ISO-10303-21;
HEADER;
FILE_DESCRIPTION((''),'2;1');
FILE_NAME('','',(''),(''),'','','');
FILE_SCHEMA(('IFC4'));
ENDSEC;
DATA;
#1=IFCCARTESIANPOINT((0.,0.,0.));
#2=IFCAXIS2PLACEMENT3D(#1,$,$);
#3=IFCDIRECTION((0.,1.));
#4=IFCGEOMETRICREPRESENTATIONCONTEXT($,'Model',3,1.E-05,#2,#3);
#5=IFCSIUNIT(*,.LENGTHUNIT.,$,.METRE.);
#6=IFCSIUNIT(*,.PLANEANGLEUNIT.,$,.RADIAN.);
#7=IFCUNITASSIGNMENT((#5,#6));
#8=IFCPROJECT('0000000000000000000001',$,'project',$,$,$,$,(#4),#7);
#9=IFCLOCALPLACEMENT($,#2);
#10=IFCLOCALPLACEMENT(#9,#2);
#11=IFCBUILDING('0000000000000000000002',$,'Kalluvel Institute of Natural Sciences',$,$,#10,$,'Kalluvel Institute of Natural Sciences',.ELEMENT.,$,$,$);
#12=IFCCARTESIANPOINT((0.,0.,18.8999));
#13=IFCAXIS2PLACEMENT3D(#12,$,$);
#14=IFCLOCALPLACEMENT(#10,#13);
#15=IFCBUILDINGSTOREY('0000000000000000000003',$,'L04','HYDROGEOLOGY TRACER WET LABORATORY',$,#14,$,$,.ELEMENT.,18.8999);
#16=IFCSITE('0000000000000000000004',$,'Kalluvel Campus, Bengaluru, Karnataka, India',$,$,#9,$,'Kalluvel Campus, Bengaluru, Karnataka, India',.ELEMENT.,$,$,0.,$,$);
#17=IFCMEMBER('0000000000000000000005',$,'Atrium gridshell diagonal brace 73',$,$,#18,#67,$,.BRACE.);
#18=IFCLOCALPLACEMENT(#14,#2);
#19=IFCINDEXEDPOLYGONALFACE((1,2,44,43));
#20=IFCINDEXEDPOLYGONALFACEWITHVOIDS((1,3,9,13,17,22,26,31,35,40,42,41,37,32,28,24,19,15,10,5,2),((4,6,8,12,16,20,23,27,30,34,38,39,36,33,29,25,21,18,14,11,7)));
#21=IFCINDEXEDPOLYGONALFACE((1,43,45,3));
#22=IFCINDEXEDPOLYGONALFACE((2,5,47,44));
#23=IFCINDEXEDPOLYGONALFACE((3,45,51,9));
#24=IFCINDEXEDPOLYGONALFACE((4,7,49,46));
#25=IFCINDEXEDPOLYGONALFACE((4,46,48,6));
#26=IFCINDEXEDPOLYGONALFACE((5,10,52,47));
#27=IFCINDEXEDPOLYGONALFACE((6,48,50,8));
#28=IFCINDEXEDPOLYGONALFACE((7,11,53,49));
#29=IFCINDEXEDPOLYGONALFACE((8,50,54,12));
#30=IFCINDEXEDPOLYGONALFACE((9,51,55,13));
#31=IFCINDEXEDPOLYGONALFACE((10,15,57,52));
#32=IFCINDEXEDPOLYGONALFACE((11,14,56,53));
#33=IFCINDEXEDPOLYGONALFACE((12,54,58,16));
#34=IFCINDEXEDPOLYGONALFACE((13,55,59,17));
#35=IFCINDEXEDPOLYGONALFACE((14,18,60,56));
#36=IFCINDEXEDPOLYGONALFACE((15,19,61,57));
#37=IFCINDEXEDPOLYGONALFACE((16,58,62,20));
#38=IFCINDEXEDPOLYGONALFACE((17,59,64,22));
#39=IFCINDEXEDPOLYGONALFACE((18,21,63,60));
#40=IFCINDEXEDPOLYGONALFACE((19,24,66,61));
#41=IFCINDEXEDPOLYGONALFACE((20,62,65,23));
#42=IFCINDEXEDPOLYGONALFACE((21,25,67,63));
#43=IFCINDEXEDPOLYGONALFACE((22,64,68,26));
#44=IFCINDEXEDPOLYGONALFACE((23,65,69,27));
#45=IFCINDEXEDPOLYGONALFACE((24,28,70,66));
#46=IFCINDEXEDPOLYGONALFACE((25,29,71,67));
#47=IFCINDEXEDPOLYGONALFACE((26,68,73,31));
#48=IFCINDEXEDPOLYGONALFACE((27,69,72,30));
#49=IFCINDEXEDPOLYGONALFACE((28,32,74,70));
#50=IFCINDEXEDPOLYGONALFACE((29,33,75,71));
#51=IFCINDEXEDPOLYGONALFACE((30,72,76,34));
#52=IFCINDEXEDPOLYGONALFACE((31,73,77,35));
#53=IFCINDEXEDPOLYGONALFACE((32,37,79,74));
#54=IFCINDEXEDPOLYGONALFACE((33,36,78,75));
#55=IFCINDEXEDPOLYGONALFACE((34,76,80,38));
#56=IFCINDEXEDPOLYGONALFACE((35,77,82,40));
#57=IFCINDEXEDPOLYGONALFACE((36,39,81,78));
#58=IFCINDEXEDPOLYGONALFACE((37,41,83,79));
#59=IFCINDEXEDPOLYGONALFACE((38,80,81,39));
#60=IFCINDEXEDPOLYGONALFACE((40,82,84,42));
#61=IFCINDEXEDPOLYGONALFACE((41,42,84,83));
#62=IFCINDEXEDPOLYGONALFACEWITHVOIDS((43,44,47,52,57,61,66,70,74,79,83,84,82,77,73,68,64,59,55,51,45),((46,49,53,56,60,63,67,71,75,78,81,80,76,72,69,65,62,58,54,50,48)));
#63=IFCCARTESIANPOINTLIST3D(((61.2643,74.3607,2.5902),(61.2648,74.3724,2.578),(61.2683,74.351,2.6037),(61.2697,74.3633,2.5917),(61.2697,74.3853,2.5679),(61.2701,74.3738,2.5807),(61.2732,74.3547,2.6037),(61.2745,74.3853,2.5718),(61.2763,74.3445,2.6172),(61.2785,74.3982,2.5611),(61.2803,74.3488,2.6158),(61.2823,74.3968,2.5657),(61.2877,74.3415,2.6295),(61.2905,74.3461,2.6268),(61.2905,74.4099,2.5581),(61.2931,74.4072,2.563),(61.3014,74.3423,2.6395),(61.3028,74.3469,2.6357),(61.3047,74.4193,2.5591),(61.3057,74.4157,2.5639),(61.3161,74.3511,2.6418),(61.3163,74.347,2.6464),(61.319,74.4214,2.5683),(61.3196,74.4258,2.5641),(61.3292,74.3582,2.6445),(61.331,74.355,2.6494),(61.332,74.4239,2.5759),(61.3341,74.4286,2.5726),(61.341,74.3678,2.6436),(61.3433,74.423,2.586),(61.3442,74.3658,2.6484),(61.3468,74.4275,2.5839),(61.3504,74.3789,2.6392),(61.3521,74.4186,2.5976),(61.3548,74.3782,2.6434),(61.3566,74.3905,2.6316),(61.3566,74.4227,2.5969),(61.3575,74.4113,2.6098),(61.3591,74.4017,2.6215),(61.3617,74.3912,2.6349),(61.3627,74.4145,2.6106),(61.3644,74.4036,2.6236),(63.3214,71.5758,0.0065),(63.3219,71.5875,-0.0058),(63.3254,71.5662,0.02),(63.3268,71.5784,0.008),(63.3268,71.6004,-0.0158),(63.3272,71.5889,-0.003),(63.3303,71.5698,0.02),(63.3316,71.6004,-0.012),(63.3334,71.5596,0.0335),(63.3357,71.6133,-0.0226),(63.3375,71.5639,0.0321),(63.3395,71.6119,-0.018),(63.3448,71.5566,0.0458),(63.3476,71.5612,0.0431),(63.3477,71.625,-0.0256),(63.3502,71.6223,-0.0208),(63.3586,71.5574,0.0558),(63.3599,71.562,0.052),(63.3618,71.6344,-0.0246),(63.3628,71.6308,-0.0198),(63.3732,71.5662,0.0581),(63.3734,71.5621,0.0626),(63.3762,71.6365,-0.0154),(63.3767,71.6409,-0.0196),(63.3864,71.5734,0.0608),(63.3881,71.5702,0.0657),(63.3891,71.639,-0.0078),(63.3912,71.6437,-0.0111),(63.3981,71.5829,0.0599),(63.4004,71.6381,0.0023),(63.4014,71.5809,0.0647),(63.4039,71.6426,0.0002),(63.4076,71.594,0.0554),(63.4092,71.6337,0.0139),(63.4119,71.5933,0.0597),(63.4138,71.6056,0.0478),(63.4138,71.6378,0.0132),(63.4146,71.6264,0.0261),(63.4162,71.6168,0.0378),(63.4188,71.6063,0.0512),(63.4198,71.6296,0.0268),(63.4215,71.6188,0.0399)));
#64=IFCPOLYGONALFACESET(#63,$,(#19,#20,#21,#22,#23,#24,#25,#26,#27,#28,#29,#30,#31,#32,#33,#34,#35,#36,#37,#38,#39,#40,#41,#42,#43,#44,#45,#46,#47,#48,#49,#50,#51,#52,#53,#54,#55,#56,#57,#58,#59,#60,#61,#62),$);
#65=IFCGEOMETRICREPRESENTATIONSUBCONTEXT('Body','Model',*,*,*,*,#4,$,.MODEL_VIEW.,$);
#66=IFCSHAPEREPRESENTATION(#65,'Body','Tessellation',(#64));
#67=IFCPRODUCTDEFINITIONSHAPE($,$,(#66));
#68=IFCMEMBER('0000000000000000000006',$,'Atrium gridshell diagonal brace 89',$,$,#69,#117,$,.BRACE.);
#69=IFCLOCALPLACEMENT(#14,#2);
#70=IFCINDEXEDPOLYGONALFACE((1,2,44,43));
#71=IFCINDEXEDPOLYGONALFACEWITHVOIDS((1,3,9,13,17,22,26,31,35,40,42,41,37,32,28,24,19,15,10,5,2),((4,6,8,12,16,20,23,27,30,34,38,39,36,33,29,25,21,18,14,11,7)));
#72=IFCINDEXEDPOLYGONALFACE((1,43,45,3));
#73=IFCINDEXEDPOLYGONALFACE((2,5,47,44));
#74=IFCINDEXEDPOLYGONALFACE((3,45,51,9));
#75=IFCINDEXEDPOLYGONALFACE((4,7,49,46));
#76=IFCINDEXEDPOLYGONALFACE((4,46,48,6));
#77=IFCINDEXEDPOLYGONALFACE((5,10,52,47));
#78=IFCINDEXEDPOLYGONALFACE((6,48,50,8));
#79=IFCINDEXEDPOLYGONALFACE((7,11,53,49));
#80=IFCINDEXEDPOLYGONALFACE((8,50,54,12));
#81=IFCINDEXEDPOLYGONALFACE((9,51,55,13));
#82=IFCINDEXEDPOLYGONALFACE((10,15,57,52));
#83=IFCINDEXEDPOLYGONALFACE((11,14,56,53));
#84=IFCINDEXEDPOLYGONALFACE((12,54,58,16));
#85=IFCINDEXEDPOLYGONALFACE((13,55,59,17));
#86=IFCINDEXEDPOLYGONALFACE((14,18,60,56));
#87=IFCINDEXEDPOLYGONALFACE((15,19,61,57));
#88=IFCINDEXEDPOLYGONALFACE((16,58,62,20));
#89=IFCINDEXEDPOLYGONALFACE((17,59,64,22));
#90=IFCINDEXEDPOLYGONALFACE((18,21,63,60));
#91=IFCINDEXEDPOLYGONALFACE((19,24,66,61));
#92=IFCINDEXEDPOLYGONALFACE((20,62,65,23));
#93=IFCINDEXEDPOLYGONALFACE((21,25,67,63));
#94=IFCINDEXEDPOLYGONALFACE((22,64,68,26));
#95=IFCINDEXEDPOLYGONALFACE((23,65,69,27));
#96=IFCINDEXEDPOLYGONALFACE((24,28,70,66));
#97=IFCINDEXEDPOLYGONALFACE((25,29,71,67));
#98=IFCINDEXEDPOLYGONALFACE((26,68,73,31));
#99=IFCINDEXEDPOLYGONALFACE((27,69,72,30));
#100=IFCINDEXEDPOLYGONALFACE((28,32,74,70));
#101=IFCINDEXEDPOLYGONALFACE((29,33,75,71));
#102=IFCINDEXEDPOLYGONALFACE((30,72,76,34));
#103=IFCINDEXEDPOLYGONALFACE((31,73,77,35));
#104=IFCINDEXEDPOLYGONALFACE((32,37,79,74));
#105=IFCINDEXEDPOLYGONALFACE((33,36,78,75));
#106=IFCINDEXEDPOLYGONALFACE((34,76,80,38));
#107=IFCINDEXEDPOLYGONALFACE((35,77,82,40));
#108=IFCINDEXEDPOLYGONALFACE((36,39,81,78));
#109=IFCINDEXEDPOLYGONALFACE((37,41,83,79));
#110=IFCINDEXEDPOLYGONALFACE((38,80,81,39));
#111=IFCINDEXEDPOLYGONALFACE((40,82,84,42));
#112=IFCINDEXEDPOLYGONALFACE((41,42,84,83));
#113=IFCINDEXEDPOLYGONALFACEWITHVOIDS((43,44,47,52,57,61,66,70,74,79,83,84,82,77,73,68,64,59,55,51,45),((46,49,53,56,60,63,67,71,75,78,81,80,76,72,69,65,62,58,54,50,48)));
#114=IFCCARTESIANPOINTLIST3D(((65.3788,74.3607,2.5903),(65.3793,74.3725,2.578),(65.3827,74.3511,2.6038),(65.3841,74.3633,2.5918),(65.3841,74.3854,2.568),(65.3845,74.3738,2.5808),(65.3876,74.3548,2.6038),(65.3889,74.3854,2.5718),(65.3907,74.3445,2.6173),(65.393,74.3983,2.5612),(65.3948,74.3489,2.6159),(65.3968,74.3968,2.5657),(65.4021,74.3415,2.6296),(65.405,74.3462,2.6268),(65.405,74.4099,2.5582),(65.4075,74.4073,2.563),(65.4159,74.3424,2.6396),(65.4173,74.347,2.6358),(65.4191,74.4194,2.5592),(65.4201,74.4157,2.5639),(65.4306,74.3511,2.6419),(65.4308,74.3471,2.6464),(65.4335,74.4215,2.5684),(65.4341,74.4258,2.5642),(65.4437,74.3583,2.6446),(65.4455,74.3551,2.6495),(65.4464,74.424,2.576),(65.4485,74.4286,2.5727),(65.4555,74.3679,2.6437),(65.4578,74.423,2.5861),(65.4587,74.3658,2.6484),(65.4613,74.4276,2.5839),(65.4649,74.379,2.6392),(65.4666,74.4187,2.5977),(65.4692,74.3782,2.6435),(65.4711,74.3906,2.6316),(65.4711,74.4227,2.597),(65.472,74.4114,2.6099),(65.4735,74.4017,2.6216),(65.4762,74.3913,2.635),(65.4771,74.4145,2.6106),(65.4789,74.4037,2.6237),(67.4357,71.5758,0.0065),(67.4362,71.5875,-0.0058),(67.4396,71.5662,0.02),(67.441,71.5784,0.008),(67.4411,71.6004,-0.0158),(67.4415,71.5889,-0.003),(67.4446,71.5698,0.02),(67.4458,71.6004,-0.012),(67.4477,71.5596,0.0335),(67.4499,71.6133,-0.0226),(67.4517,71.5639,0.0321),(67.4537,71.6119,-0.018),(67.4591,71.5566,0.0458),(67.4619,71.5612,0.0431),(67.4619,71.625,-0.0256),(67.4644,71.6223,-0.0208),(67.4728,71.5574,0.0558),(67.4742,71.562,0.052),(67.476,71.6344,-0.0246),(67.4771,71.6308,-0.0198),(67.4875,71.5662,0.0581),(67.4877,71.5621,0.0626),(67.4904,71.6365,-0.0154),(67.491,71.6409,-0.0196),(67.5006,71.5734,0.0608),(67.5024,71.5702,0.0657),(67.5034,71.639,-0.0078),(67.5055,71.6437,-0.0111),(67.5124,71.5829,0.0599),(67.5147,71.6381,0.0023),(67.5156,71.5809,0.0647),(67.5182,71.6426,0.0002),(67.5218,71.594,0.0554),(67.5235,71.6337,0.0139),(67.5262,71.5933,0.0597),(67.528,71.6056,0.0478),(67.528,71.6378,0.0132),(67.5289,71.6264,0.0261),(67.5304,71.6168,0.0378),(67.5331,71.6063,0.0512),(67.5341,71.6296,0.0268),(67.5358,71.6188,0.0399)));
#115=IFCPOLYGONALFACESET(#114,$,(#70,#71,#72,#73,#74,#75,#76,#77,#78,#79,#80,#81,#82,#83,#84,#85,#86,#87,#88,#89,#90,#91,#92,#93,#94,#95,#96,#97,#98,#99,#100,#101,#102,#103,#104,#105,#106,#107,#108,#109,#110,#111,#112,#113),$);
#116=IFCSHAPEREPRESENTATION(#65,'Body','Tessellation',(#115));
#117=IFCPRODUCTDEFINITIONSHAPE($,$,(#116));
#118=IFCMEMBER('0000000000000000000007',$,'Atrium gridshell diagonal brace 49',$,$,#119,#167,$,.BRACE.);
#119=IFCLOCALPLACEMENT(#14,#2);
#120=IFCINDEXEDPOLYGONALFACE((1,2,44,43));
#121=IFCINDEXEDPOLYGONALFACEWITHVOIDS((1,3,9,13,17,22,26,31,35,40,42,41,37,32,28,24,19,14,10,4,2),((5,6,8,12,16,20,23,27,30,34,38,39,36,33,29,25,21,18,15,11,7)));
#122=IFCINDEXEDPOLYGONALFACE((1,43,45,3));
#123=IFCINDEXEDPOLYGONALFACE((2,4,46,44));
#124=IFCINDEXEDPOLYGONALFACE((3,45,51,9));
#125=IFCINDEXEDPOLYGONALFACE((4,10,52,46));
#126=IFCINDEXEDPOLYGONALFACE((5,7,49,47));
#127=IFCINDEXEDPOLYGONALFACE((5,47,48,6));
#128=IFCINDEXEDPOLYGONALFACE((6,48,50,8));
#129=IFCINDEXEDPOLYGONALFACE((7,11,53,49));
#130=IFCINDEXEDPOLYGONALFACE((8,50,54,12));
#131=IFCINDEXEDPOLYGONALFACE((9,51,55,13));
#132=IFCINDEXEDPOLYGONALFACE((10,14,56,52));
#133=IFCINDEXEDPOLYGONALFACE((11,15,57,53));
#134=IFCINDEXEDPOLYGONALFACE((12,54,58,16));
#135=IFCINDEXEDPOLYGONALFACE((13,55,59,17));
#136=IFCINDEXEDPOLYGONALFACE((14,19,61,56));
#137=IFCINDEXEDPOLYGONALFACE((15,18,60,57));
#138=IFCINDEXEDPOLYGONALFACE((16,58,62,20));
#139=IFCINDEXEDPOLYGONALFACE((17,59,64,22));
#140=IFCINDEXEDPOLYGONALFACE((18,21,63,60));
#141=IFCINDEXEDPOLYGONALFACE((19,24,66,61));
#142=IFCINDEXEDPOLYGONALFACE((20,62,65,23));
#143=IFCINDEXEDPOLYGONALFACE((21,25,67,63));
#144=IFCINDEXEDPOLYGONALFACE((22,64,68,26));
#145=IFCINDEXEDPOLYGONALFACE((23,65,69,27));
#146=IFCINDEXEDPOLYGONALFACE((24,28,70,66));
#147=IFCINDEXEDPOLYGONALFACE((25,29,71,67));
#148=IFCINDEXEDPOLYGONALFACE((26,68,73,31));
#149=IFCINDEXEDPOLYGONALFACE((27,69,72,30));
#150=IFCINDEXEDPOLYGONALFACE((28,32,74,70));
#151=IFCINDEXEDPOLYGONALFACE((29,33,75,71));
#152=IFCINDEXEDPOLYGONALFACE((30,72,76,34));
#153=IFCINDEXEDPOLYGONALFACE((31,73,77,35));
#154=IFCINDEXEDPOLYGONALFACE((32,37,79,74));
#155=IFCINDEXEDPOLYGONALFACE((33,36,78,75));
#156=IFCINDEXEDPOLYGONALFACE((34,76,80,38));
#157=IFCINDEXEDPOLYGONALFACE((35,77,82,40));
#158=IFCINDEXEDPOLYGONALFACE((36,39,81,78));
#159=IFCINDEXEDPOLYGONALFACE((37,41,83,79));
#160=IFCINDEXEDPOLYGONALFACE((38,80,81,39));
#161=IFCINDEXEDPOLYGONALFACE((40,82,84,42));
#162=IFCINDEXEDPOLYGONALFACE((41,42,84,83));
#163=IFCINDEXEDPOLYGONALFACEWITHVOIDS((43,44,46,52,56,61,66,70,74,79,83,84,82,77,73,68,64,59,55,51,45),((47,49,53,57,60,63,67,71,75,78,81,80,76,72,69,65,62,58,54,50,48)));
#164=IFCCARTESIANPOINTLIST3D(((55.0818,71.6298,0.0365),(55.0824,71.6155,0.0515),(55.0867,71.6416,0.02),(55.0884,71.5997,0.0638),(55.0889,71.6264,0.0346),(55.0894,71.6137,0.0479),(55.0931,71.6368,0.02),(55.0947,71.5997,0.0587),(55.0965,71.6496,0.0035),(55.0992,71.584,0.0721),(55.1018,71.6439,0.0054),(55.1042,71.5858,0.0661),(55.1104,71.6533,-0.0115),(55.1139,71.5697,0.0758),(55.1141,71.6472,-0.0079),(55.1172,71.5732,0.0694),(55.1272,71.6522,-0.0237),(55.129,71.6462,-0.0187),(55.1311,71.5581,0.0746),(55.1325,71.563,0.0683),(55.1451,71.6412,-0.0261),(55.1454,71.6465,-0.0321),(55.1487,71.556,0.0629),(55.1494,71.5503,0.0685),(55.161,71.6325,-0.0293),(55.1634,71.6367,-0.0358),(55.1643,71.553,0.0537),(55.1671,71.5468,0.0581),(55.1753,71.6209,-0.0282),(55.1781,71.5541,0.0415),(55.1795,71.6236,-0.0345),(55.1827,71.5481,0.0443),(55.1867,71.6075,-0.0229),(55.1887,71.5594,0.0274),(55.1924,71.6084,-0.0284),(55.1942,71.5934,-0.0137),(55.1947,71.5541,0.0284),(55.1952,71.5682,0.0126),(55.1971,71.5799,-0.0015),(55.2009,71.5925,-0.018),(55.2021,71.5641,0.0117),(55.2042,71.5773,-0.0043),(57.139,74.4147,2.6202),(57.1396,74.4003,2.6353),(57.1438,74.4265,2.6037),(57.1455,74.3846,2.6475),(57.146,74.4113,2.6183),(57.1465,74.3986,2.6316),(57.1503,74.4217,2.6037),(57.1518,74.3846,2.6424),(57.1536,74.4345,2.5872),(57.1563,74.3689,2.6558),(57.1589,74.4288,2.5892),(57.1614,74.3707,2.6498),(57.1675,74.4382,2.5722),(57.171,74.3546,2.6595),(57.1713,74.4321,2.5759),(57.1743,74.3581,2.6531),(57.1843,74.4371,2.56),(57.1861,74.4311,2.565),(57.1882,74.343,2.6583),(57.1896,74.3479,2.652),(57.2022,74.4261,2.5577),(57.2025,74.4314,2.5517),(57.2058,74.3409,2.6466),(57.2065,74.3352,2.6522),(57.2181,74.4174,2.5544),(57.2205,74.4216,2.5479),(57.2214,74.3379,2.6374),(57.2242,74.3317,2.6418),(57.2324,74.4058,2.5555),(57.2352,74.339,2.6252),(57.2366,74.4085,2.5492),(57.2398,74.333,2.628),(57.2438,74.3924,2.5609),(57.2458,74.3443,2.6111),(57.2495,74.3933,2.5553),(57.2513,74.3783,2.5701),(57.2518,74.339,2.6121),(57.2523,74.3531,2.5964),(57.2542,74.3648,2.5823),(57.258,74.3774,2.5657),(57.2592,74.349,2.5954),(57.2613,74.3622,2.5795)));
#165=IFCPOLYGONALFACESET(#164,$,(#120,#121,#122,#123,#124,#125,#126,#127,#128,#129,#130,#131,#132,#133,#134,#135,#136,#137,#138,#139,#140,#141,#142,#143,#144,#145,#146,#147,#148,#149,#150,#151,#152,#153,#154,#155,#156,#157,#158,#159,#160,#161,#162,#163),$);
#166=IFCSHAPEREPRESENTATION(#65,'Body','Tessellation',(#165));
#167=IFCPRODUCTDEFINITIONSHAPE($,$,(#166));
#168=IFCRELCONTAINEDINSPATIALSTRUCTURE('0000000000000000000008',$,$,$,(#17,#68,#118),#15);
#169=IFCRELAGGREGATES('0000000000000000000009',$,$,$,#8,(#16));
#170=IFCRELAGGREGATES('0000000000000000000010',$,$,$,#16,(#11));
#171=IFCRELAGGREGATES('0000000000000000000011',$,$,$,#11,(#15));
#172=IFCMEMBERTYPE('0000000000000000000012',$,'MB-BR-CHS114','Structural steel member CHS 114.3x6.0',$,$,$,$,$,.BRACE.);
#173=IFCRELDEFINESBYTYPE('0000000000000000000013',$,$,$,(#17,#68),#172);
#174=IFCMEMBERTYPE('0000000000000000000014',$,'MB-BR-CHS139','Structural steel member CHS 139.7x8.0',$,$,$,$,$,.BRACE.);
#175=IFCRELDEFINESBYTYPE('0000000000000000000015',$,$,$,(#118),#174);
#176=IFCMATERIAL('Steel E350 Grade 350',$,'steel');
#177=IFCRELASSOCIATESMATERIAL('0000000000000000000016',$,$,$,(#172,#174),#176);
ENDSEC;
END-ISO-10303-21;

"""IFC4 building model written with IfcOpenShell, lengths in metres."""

from ifc_helpers import new_model, si_unit, direction, frame, origin, origin_2d, place, context, subcontext, project, spatial, hollow_circle, extrude, material, material_profile, profile_set, type_object, element, save


model = new_model("IFC4")

# Units and contexts
model_context = context("Model", 3, precision=1e-05, world=origin(), true_north=direction((0.0, 1.0)))
body_context = subcontext(model_context, "Body", "Model", "MODEL_VIEW")
ifc_project = project(units=[si_unit("LENGTHUNIT", "METRE"), si_unit("PLANEANGLEUNIT", "RADIAN")], contexts=[model_context])

# Site, building, storey
site_placement = place(None, origin())
site = spatial("IfcSite", under=ifc_project, at=site_placement, Name="Kalluvel Campus, Bengaluru, Karnataka, India", LongName="Kalluvel Campus, Bengaluru, Karnataka, India", CompositionType="ELEMENT", RefElevation=0.0)
building_placement = place(site_placement, origin())
building = spatial("IfcBuilding", under=site, at=building_placement, Name="Kalluvel Institute of Natural Sciences", LongName="Kalluvel Institute of Natural Sciences", CompositionType="ELEMENT")
storey_placement = place(building_placement, frame((0.0, 0.0, 18.8999)))
storey = spatial("IfcBuildingStorey", under=building, at=storey_placement, Name="L04", Description="HYDROGEOLOGY TRACER WET LABORATORY", CompositionType="ELEMENT", Elevation=18.8999)

# Members
ifc_material_1 = material(Name="Steel E350 Grade 350", Category="steel")
ifc_material_profile_1 = material_profile(ifc_material_1, hollow_circle(Radius=0.0571, WallThickness=0.0061, at=origin_2d()), Name="CHS 114.3x6.0")
ifc_profile_set_1 = profile_set([ifc_material_profile_1], Name="Steel E350 Grade 350")
member_type_1 = type_object("IfcMemberType", Name="MB-BR-CHS114", Description="Structural steel member CHS 114.3x6.0", PredefinedType="BRACE", material=ifc_profile_set_1)
for number, where, z_axis, x_axis, name in (
    (1, (63.3713, 71.6001, 0.02), (-0.476177, 0.644641, 0.598075), (-0.804353, -0.594151, 0.0), "Atrium gridshell diagonal brace 73"),
    (2, (67.4856, 71.6001, 0.02), (-0.476133, 0.644659, 0.598091), (-0.804387, -0.594106, 0.0), "Atrium gridshell diagonal brace 89"),
):
    element("IfcMember", number, at=place(storey_placement, frame(where, z_axis=z_axis, x_axis=x_axis)), inside=storey, type_object=member_type_1, Name=name, PredefinedType="BRACE", context=body_context, shape_type="SweptSolid", body=[
        extrude(hollow_circle(Radius=0.0571, WallThickness=0.0061, at=origin_2d()), origin(), (0.0, 0.0, 1.0), 4.3201),
    ])
ifc_material_profile_2 = material_profile(ifc_material_1, hollow_circle(Radius=0.0698, WallThickness=0.0081, at=origin_2d()), Name="CHS 139.7x8.0")
ifc_profile_set_2 = profile_set([ifc_material_profile_2], Name="Steel E350 Grade 350")
member_type_2 = type_object("IfcMemberType", Name="MB-BR-CHS139", Description="Structural steel member CHS 139.7x8.0", PredefinedType="BRACE", material=ifc_profile_set_2)
for number, where, z_axis, x_axis, name in (
    (3, (55.1428, 71.6001, 0.02), (0.476177, 0.644641, 0.598075), (-0.804353, 0.594151, 0.0), "Atrium gridshell diagonal brace 49"),
):
    element("IfcMember", number, at=place(storey_placement, frame(where, z_axis=z_axis, x_axis=x_axis)), inside=storey, type_object=member_type_2, Name=name, PredefinedType="BRACE", context=body_context, shape_type="SweptSolid", body=[
        extrude(hollow_circle(Radius=0.0698, WallThickness=0.0081, at=origin_2d()), origin(), (0.0, 0.0, 1.0), 4.3201),
    ])

save(model, "model.ifc")
